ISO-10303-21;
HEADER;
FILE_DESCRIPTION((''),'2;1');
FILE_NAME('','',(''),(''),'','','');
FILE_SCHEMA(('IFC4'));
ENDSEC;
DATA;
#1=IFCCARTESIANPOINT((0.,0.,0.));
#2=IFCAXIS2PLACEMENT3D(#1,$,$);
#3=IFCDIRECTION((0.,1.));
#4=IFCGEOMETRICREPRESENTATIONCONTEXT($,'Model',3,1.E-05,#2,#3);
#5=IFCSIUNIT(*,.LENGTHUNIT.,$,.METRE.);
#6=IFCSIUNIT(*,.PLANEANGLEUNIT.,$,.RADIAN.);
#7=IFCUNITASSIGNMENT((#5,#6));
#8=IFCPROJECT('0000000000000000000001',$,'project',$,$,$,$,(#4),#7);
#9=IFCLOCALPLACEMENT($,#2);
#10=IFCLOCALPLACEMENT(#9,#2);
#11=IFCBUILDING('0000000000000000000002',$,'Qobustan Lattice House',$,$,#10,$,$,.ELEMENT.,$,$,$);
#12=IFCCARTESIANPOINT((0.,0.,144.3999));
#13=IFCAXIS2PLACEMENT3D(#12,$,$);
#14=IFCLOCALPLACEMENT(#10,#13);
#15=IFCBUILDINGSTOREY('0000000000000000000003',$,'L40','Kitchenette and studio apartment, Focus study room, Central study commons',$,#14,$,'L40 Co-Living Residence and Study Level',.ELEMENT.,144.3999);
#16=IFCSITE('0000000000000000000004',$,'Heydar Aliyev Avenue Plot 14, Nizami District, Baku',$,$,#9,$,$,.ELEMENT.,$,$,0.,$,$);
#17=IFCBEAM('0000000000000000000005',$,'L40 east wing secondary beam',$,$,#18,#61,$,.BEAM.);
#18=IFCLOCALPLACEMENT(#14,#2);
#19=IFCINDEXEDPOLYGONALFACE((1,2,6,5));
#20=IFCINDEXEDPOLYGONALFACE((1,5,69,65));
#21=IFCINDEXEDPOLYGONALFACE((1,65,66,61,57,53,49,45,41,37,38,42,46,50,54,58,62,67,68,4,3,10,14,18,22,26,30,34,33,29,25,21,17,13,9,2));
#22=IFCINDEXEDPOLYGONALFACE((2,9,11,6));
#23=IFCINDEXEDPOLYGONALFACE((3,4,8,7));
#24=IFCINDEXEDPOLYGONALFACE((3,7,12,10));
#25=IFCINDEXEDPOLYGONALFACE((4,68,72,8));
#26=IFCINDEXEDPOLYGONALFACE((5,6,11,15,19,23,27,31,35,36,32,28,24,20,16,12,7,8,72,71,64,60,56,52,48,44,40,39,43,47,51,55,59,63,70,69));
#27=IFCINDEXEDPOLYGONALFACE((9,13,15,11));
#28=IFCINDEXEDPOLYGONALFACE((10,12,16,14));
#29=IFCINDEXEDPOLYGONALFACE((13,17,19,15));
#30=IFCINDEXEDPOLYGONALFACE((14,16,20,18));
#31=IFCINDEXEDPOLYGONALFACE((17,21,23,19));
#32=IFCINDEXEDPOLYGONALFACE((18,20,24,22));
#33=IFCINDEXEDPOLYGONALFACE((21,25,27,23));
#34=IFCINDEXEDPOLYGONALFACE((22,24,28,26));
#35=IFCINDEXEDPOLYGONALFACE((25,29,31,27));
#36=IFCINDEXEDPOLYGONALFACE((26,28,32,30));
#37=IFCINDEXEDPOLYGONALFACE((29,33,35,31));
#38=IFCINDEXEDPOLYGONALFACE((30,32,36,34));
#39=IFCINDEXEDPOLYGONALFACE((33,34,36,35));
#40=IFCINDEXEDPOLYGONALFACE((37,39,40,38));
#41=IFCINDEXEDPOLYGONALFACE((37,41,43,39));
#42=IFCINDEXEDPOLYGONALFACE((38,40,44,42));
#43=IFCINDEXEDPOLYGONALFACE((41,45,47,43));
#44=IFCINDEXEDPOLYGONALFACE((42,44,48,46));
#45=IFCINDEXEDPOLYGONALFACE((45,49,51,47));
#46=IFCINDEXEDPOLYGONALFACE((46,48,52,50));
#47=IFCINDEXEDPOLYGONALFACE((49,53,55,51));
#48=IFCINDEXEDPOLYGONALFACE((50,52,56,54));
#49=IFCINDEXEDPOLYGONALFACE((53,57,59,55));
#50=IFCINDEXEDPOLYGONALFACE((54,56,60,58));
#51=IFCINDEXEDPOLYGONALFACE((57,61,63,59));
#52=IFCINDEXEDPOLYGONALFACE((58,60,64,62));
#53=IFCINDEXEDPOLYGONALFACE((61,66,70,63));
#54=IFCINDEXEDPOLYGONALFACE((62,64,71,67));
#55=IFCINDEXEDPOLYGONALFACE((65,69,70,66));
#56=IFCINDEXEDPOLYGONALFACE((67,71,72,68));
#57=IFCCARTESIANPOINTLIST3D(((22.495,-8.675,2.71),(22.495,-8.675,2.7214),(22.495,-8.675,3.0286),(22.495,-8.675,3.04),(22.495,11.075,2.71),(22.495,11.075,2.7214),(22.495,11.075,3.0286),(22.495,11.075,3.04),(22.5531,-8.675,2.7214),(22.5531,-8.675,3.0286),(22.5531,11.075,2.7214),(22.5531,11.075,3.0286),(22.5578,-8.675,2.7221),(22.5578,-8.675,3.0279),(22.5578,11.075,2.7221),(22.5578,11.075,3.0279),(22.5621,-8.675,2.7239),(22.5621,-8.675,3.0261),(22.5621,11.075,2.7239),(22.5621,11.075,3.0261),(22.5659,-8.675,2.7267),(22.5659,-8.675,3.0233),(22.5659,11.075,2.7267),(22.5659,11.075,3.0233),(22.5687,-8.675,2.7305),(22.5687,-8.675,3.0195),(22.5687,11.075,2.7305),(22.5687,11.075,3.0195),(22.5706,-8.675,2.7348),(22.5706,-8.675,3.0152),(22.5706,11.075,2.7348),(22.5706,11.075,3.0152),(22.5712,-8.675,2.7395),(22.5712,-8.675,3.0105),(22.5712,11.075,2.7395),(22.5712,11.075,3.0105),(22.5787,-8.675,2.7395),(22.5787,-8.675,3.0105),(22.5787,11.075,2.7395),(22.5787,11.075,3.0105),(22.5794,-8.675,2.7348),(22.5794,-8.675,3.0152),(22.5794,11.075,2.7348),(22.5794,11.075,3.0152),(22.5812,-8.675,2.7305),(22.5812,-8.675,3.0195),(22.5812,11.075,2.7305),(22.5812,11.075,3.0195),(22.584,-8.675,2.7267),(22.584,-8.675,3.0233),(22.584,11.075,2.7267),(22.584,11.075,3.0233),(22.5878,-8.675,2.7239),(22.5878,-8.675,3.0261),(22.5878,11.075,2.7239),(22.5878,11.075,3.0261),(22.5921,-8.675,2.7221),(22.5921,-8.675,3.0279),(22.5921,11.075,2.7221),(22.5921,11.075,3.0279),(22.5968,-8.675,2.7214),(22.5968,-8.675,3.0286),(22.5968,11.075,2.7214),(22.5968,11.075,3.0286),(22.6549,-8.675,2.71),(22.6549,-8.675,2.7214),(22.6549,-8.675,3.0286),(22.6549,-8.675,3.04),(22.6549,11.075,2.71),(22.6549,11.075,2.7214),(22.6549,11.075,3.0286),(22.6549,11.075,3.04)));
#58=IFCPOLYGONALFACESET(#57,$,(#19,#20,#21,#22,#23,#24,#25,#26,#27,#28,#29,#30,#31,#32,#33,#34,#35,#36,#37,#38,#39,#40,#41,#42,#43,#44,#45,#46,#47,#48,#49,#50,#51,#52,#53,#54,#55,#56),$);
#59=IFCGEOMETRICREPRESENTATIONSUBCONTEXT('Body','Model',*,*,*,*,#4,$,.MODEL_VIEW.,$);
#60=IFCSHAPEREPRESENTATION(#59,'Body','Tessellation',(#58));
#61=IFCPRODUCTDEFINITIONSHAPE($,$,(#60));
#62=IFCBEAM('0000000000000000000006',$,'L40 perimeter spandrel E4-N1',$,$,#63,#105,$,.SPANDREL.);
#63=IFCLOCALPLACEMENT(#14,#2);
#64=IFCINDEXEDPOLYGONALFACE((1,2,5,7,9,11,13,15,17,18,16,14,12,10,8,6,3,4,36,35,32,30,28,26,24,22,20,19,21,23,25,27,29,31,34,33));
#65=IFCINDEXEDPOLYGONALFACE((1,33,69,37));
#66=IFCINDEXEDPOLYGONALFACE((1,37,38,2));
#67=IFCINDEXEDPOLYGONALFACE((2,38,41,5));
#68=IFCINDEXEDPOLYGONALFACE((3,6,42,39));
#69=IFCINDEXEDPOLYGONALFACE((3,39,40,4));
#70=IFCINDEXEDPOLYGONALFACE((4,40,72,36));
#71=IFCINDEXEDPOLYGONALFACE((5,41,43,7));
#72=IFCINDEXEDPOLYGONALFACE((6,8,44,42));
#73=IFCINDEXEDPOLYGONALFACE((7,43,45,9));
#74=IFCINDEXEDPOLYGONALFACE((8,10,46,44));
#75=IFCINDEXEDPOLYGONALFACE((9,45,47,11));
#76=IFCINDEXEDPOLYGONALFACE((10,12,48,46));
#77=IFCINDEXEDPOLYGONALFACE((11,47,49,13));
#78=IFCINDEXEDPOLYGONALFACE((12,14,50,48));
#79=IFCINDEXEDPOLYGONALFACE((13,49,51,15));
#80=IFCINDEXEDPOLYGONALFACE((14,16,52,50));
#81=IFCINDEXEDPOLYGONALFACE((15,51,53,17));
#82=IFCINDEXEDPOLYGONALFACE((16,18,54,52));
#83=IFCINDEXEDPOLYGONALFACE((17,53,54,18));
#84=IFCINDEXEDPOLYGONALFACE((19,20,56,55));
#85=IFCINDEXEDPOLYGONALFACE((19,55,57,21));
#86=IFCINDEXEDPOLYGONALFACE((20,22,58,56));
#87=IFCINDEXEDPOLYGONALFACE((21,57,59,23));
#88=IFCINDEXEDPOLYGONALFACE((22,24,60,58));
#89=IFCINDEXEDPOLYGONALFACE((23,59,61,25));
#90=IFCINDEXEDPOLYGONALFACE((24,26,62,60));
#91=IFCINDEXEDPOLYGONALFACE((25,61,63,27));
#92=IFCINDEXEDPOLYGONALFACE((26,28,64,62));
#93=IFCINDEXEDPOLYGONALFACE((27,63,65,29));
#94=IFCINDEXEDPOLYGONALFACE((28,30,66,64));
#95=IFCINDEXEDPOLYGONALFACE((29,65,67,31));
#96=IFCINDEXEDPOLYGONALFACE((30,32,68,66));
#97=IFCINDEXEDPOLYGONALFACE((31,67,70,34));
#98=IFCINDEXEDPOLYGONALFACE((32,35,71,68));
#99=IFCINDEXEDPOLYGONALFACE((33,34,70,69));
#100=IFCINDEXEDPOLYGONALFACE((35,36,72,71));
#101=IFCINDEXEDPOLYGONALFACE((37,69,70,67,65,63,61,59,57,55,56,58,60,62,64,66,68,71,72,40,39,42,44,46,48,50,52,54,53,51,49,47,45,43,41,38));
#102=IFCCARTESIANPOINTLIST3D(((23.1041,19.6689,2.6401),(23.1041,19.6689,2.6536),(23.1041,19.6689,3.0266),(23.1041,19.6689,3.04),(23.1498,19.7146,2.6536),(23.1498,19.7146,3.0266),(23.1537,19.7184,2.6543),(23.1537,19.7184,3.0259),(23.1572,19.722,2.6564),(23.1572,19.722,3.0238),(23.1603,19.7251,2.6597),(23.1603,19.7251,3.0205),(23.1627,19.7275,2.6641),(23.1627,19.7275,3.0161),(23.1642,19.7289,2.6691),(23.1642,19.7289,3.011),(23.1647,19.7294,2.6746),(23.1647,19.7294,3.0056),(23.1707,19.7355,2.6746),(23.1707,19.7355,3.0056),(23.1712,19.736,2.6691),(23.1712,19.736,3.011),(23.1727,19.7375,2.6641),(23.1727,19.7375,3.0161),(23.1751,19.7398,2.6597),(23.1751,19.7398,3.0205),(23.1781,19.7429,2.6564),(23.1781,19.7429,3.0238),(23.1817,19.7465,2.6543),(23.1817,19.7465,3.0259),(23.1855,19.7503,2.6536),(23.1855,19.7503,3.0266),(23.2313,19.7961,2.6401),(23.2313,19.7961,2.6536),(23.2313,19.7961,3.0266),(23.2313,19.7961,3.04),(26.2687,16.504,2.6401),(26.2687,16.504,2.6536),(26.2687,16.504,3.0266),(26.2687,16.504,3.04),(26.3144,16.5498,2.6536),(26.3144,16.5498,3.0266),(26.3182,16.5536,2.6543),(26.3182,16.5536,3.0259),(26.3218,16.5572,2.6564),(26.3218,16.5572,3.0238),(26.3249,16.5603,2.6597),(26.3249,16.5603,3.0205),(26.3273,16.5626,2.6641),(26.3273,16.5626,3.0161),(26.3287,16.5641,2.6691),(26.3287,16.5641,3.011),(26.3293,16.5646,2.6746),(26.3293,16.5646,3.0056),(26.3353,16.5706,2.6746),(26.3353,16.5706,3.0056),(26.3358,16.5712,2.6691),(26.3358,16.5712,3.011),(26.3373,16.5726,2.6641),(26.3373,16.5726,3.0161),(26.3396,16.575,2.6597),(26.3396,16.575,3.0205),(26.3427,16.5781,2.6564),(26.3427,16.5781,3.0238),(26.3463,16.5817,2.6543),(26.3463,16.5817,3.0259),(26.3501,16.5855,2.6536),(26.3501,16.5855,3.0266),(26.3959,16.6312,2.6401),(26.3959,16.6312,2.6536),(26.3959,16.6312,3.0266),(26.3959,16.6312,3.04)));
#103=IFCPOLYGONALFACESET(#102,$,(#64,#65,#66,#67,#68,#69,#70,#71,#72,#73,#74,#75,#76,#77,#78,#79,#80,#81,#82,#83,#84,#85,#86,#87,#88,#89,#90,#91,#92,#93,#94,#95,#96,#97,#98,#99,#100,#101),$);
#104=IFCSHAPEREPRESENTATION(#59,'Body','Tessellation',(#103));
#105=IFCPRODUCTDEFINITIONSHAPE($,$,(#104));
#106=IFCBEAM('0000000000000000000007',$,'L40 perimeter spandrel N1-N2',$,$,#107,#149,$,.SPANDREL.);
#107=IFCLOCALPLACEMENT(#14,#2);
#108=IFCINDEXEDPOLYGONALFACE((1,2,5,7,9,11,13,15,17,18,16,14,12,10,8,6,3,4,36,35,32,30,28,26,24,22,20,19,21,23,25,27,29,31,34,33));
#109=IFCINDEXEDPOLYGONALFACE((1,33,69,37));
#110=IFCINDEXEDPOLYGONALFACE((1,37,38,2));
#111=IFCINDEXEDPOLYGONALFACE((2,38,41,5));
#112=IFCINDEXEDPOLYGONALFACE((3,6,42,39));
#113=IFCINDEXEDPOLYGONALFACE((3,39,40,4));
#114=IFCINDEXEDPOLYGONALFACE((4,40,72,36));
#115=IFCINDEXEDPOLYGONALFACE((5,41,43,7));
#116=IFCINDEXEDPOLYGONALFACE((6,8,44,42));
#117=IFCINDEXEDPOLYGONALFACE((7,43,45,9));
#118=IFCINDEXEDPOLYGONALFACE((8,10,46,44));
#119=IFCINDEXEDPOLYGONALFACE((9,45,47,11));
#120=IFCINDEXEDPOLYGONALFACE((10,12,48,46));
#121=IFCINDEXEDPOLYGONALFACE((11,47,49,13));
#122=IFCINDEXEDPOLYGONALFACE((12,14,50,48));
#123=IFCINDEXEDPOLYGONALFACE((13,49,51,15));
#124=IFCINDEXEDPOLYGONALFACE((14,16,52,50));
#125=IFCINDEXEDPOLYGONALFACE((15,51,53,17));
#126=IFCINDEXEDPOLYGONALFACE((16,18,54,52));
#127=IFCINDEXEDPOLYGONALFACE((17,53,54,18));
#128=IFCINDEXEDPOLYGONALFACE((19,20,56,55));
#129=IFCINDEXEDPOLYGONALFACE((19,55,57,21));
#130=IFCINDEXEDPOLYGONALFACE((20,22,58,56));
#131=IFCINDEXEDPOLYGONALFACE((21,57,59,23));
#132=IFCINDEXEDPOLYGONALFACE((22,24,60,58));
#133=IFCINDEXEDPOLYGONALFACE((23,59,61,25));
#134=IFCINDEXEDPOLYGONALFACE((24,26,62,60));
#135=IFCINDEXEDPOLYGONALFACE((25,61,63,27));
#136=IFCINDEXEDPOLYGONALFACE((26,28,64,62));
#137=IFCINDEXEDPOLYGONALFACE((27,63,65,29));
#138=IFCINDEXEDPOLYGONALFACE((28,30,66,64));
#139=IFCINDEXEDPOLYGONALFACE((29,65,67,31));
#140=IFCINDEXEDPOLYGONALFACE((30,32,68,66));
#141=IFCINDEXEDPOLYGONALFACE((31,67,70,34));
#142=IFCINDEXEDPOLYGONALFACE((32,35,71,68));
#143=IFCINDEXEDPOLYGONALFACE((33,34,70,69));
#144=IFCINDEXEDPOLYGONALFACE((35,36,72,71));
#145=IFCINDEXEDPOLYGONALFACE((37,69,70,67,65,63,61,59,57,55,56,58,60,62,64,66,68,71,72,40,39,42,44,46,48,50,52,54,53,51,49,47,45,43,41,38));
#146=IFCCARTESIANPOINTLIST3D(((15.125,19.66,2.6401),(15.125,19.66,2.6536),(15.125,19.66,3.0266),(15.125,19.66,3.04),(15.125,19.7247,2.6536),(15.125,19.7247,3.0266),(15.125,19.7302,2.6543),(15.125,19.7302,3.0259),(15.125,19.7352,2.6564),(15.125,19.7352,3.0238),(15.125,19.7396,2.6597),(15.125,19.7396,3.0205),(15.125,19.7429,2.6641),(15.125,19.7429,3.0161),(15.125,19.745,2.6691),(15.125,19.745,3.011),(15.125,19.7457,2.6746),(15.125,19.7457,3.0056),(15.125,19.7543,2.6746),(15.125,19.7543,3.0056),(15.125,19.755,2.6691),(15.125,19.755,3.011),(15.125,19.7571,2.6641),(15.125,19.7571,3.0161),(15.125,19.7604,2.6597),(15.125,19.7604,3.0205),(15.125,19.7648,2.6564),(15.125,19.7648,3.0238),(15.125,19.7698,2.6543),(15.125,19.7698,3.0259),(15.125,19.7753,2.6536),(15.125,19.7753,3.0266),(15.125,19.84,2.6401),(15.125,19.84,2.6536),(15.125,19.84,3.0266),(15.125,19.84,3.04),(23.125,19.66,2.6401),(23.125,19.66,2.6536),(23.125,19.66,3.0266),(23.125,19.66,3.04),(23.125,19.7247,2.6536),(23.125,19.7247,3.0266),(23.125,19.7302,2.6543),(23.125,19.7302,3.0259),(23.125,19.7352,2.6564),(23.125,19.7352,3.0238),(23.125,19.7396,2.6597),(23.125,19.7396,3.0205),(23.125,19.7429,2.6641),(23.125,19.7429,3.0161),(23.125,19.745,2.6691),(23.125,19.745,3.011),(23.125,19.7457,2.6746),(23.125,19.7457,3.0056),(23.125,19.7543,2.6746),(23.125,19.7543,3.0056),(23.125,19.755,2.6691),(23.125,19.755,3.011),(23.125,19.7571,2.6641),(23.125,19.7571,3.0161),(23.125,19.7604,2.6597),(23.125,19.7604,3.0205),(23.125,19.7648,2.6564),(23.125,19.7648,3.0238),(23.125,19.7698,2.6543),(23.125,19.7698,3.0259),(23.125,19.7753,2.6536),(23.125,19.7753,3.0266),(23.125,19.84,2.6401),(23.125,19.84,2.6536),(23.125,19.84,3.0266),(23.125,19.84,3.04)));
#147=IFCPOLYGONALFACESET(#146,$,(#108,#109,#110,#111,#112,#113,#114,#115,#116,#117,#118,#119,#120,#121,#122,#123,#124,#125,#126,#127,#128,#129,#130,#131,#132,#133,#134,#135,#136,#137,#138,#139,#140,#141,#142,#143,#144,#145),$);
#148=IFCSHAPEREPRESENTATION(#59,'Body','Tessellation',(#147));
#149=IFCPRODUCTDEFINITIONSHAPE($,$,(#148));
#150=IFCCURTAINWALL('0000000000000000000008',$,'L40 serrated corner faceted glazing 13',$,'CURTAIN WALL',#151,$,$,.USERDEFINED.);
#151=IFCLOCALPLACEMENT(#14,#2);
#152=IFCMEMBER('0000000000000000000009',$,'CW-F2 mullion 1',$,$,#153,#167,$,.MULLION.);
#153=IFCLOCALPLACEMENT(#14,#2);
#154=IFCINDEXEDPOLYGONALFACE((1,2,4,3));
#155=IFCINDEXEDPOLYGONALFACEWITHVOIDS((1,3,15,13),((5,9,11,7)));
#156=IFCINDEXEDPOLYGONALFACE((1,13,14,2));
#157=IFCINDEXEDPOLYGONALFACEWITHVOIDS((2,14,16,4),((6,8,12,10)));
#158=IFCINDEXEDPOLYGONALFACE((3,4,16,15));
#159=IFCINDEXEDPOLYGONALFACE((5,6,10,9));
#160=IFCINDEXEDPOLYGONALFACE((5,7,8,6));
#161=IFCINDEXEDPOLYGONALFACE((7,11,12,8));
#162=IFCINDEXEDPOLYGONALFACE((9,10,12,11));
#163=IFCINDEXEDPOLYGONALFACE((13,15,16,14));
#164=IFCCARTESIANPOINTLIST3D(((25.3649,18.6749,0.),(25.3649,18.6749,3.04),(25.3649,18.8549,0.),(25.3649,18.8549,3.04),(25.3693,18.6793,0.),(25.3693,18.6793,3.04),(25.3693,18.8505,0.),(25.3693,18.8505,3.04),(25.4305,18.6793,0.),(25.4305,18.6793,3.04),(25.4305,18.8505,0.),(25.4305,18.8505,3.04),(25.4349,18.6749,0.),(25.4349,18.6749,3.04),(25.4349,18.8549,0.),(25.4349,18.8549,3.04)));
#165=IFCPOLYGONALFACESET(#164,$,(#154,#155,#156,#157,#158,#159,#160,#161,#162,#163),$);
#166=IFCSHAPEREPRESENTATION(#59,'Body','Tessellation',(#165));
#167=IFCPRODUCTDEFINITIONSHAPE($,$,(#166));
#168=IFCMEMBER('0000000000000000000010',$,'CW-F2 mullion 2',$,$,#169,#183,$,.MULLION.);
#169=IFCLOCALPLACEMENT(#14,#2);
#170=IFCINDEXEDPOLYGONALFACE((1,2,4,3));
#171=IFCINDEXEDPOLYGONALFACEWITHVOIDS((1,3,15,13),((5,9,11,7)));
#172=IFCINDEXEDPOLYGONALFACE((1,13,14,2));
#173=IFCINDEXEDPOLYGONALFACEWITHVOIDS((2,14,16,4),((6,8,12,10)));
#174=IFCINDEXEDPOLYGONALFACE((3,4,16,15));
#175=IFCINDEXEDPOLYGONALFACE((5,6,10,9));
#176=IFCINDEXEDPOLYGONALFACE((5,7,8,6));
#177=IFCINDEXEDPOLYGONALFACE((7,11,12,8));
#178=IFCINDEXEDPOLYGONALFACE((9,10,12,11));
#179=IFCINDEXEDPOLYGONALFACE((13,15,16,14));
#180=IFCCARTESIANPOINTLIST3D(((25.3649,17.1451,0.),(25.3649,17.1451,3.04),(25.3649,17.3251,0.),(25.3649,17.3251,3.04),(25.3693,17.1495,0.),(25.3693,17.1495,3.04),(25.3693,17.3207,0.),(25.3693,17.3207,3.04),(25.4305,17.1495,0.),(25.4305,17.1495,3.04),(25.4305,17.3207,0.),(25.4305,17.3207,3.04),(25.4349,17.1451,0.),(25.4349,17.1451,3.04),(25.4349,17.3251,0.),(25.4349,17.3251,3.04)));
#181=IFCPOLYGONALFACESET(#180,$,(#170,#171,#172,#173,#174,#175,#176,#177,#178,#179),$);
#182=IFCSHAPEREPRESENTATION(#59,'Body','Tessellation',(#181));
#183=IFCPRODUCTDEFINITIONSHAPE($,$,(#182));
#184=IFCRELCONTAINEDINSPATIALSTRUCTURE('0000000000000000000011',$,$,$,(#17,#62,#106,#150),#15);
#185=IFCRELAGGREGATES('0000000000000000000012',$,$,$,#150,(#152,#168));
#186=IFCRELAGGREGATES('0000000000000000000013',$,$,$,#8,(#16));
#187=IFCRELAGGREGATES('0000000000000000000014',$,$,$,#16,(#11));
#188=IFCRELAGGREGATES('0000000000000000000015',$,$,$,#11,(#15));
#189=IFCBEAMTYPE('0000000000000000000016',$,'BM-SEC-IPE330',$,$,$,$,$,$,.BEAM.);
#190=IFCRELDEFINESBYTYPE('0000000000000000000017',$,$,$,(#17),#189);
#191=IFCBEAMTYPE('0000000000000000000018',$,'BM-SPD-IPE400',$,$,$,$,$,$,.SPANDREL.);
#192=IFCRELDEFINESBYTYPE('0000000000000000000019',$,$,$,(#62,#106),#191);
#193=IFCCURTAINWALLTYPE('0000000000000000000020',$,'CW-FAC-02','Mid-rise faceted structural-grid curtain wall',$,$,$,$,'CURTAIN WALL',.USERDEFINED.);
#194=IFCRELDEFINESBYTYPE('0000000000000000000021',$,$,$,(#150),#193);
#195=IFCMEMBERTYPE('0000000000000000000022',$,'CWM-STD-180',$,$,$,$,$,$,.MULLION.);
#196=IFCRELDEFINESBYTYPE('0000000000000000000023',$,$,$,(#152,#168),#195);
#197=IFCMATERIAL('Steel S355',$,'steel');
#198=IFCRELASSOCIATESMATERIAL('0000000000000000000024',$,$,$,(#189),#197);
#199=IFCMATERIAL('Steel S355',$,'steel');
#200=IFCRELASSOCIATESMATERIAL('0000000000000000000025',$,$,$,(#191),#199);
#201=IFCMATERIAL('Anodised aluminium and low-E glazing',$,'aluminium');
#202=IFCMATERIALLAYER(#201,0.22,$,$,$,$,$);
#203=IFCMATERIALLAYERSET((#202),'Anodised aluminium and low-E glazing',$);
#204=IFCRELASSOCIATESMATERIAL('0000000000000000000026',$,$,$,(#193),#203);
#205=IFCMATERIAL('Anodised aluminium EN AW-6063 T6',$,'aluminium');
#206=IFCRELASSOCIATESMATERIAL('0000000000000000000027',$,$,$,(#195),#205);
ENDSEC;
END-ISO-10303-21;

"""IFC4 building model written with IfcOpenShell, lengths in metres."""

from ifc_helpers import new_model, si_unit, direction, frame, origin, origin_2d, place, context, subcontext, project, spatial, hollow_rectangle, i_section, extrude, material, layer, layer_set, material_profile, profile_set, type_object, element, aggregate, save


model = new_model("IFC4")

# Units and contexts
model_context = context("Model", 3, precision=1e-05, world=origin(), true_north=direction((0.0, 1.0)))
body_context = subcontext(model_context, "Body", "Model", "MODEL_VIEW")
ifc_project = project(units=[si_unit("LENGTHUNIT", "METRE"), si_unit("PLANEANGLEUNIT", "RADIAN")], contexts=[model_context])

# Site, building, storey
site_placement = place(None, origin())
site = spatial("IfcSite", under=ifc_project, at=site_placement, Name="Heydar Aliyev Avenue Plot 14, Nizami District, Baku", CompositionType="ELEMENT", RefElevation=0.0)
building_placement = place(site_placement, origin())
building = spatial("IfcBuilding", under=site, at=building_placement, Name="Qobustan Lattice House", CompositionType="ELEMENT")
storey_placement = place(building_placement, frame((0.0, 0.0, 144.3999)))
storey = spatial("IfcBuildingStorey", under=building, at=storey_placement, Name="L40", Description="Kitchenette and studio apartment, Focus study room, Central study commons", LongName="L40 Co-Living Residence and Study Level", CompositionType="ELEMENT", Elevation=144.3999)

# Beams
ifc_material_1 = material(Name="Steel S355", Category="steel")
ifc_material_profile_1 = material_profile(ifc_material_1, i_section(OverallWidth=0.1599, OverallDepth=0.3301, WebThickness=0.0076, FlangeThickness=0.0115, FilletRadius=0.0181, at=origin_2d()), Name="IPE330")
ifc_profile_set_1 = profile_set([ifc_material_profile_1], Name="Steel S355")
beam_type_1 = type_object("IfcBeamType", Name="BM-SEC-IPE330", PredefinedType="BEAM", material=ifc_profile_set_1)
beam_1_placement = place(storey_placement, frame((22.575, 11.075, 2.875), z_axis=(0.0, -1.0, 0.0), x_axis=(1.0, 0.0, 0.0)))
element("IfcBeam", 1, at=beam_1_placement, inside=storey, type_object=beam_type_1, Name="L40 east wing secondary beam", PredefinedType="BEAM", context=body_context, shape_type="SweptSolid", body=[
    extrude(i_section(OverallWidth=0.1599, OverallDepth=0.3301, WebThickness=0.0076, FlangeThickness=0.0115, FilletRadius=0.0181, at=origin_2d()), origin(), (0.0, 0.0, 1.0), 19.75),
])
ifc_material_2 = material(Name="Steel S355", Category="steel")
ifc_material_profile_2 = material_profile(ifc_material_2, i_section(OverallWidth=0.1799, OverallDepth=0.3999, WebThickness=0.0085, FlangeThickness=0.0134, FilletRadius=0.021, at=origin_2d()), Name="IPE400")
ifc_profile_set_2 = profile_set([ifc_material_profile_2], Name="Steel S355")
beam_type_2 = type_object("IfcBeamType", Name="BM-SPD-IPE400", PredefinedType="SPANDREL", material=ifc_profile_set_2)
beam_2_placement = place(storey_placement, frame((26.3323, 16.5676, 2.8401), z_axis=(-0.70708, 0.707134, 0.0), x_axis=(-0.707134, -0.70708, 0.0)))
element("IfcBeam", 2, at=beam_2_placement, inside=storey, type_object=beam_type_2, Name="L40 perimeter spandrel E4-N1", PredefinedType="SPANDREL", context=body_context, shape_type="SweptSolid", body=[
    extrude(i_section(OverallWidth=0.1799, OverallDepth=0.3999, WebThickness=0.0085, FlangeThickness=0.0134, FilletRadius=0.021, at=origin_2d()), origin(), (0.0, 0.0, 1.0), 4.4756),
])
beam_3_placement = place(storey_placement, frame((23.125, 19.75, 2.8401), z_axis=(-1.0, 0.0, 0.0), x_axis=(0.0, -1.0, 0.0)))
element("IfcBeam", 3, at=beam_3_placement, inside=storey, type_object=beam_type_2, Name="L40 perimeter spandrel N1-N2", PredefinedType="SPANDREL", context=body_context, shape_type="SweptSolid", body=[
    extrude(i_section(OverallWidth=0.1799, OverallDepth=0.3999, WebThickness=0.0085, FlangeThickness=0.0134, FilletRadius=0.021, at=origin_2d()), origin(), (0.0, 0.0, 1.0), 8.0),
])

# Curtain wall, members
ifc_material_3 = material(Name="Anodised aluminium and low-E glazing", Category="aluminium")
ifc_layer_1 = layer(ifc_material_3, 0.22)
ifc_layer_set_1 = layer_set([ifc_layer_1], Name="Anodised aluminium and low-E glazing")
curtain_wall_type = type_object("IfcCurtainWallType", Name="CW-FAC-02", Description="Mid-rise faceted structural-grid curtain wall", ElementType="CURTAIN WALL", PredefinedType="USERDEFINED", material=ifc_layer_set_1)
curtain_wall_placement = place(storey_placement, origin())
curtain_wall = element("IfcCurtainWall", 4, at=curtain_wall_placement, inside=storey, type_object=curtain_wall_type, Name="L40 serrated corner faceted glazing 13", ObjectType="CURTAIN WALL", PredefinedType="USERDEFINED")
ifc_material_4 = material(Name="Anodised aluminium EN AW-6063 T6", Category="aluminium")
ifc_material_profile_3 = material_profile(ifc_material_4, hollow_rectangle(XDim=0.0701, YDim=0.1799, WallThickness=0.0044, at=origin_2d()), Name="CWM-180x70")
ifc_profile_set_3 = profile_set([ifc_material_profile_3], Name="Anodised aluminium EN AW-6063 T6")
member_type_1 = type_object("IfcMemberType", Name="CWM-STD-180", PredefinedType="MULLION", material=ifc_profile_set_3)
member_1_placement = place(storey_placement, frame((25.3999, 18.7649, 0.0), z_axis=(0.0, 0.0, 1.0), x_axis=(1.0, 0.0, 0.0)))
member_1 = element("IfcMember", 5, at=member_1_placement, type_object=member_type_1, Name="CW-F2 mullion 1", PredefinedType="MULLION", context=body_context, shape_type="SweptSolid", body=[
    extrude(hollow_rectangle(XDim=0.0701, YDim=0.1799, WallThickness=0.0044, at=origin_2d()), origin(), (0.0, 0.0, 1.0), 3.04),
])
member_2_placement = place(storey_placement, frame((25.3999, 17.2351, 0.0), z_axis=(0.0, 0.0, 1.0), x_axis=(1.0, 0.0, 0.0)))
member_2 = element("IfcMember", 6, at=member_2_placement, type_object=member_type_1, Name="CW-F2 mullion 2", PredefinedType="MULLION", context=body_context, shape_type="SweptSolid", body=[
    extrude(hollow_rectangle(XDim=0.0701, YDim=0.1799, WallThickness=0.0044, at=origin_2d()), origin(), (0.0, 0.0, 1.0), 3.04),
])
aggregate(curtain_wall, [member_1, member_2])

save(model, "model.ifc")
